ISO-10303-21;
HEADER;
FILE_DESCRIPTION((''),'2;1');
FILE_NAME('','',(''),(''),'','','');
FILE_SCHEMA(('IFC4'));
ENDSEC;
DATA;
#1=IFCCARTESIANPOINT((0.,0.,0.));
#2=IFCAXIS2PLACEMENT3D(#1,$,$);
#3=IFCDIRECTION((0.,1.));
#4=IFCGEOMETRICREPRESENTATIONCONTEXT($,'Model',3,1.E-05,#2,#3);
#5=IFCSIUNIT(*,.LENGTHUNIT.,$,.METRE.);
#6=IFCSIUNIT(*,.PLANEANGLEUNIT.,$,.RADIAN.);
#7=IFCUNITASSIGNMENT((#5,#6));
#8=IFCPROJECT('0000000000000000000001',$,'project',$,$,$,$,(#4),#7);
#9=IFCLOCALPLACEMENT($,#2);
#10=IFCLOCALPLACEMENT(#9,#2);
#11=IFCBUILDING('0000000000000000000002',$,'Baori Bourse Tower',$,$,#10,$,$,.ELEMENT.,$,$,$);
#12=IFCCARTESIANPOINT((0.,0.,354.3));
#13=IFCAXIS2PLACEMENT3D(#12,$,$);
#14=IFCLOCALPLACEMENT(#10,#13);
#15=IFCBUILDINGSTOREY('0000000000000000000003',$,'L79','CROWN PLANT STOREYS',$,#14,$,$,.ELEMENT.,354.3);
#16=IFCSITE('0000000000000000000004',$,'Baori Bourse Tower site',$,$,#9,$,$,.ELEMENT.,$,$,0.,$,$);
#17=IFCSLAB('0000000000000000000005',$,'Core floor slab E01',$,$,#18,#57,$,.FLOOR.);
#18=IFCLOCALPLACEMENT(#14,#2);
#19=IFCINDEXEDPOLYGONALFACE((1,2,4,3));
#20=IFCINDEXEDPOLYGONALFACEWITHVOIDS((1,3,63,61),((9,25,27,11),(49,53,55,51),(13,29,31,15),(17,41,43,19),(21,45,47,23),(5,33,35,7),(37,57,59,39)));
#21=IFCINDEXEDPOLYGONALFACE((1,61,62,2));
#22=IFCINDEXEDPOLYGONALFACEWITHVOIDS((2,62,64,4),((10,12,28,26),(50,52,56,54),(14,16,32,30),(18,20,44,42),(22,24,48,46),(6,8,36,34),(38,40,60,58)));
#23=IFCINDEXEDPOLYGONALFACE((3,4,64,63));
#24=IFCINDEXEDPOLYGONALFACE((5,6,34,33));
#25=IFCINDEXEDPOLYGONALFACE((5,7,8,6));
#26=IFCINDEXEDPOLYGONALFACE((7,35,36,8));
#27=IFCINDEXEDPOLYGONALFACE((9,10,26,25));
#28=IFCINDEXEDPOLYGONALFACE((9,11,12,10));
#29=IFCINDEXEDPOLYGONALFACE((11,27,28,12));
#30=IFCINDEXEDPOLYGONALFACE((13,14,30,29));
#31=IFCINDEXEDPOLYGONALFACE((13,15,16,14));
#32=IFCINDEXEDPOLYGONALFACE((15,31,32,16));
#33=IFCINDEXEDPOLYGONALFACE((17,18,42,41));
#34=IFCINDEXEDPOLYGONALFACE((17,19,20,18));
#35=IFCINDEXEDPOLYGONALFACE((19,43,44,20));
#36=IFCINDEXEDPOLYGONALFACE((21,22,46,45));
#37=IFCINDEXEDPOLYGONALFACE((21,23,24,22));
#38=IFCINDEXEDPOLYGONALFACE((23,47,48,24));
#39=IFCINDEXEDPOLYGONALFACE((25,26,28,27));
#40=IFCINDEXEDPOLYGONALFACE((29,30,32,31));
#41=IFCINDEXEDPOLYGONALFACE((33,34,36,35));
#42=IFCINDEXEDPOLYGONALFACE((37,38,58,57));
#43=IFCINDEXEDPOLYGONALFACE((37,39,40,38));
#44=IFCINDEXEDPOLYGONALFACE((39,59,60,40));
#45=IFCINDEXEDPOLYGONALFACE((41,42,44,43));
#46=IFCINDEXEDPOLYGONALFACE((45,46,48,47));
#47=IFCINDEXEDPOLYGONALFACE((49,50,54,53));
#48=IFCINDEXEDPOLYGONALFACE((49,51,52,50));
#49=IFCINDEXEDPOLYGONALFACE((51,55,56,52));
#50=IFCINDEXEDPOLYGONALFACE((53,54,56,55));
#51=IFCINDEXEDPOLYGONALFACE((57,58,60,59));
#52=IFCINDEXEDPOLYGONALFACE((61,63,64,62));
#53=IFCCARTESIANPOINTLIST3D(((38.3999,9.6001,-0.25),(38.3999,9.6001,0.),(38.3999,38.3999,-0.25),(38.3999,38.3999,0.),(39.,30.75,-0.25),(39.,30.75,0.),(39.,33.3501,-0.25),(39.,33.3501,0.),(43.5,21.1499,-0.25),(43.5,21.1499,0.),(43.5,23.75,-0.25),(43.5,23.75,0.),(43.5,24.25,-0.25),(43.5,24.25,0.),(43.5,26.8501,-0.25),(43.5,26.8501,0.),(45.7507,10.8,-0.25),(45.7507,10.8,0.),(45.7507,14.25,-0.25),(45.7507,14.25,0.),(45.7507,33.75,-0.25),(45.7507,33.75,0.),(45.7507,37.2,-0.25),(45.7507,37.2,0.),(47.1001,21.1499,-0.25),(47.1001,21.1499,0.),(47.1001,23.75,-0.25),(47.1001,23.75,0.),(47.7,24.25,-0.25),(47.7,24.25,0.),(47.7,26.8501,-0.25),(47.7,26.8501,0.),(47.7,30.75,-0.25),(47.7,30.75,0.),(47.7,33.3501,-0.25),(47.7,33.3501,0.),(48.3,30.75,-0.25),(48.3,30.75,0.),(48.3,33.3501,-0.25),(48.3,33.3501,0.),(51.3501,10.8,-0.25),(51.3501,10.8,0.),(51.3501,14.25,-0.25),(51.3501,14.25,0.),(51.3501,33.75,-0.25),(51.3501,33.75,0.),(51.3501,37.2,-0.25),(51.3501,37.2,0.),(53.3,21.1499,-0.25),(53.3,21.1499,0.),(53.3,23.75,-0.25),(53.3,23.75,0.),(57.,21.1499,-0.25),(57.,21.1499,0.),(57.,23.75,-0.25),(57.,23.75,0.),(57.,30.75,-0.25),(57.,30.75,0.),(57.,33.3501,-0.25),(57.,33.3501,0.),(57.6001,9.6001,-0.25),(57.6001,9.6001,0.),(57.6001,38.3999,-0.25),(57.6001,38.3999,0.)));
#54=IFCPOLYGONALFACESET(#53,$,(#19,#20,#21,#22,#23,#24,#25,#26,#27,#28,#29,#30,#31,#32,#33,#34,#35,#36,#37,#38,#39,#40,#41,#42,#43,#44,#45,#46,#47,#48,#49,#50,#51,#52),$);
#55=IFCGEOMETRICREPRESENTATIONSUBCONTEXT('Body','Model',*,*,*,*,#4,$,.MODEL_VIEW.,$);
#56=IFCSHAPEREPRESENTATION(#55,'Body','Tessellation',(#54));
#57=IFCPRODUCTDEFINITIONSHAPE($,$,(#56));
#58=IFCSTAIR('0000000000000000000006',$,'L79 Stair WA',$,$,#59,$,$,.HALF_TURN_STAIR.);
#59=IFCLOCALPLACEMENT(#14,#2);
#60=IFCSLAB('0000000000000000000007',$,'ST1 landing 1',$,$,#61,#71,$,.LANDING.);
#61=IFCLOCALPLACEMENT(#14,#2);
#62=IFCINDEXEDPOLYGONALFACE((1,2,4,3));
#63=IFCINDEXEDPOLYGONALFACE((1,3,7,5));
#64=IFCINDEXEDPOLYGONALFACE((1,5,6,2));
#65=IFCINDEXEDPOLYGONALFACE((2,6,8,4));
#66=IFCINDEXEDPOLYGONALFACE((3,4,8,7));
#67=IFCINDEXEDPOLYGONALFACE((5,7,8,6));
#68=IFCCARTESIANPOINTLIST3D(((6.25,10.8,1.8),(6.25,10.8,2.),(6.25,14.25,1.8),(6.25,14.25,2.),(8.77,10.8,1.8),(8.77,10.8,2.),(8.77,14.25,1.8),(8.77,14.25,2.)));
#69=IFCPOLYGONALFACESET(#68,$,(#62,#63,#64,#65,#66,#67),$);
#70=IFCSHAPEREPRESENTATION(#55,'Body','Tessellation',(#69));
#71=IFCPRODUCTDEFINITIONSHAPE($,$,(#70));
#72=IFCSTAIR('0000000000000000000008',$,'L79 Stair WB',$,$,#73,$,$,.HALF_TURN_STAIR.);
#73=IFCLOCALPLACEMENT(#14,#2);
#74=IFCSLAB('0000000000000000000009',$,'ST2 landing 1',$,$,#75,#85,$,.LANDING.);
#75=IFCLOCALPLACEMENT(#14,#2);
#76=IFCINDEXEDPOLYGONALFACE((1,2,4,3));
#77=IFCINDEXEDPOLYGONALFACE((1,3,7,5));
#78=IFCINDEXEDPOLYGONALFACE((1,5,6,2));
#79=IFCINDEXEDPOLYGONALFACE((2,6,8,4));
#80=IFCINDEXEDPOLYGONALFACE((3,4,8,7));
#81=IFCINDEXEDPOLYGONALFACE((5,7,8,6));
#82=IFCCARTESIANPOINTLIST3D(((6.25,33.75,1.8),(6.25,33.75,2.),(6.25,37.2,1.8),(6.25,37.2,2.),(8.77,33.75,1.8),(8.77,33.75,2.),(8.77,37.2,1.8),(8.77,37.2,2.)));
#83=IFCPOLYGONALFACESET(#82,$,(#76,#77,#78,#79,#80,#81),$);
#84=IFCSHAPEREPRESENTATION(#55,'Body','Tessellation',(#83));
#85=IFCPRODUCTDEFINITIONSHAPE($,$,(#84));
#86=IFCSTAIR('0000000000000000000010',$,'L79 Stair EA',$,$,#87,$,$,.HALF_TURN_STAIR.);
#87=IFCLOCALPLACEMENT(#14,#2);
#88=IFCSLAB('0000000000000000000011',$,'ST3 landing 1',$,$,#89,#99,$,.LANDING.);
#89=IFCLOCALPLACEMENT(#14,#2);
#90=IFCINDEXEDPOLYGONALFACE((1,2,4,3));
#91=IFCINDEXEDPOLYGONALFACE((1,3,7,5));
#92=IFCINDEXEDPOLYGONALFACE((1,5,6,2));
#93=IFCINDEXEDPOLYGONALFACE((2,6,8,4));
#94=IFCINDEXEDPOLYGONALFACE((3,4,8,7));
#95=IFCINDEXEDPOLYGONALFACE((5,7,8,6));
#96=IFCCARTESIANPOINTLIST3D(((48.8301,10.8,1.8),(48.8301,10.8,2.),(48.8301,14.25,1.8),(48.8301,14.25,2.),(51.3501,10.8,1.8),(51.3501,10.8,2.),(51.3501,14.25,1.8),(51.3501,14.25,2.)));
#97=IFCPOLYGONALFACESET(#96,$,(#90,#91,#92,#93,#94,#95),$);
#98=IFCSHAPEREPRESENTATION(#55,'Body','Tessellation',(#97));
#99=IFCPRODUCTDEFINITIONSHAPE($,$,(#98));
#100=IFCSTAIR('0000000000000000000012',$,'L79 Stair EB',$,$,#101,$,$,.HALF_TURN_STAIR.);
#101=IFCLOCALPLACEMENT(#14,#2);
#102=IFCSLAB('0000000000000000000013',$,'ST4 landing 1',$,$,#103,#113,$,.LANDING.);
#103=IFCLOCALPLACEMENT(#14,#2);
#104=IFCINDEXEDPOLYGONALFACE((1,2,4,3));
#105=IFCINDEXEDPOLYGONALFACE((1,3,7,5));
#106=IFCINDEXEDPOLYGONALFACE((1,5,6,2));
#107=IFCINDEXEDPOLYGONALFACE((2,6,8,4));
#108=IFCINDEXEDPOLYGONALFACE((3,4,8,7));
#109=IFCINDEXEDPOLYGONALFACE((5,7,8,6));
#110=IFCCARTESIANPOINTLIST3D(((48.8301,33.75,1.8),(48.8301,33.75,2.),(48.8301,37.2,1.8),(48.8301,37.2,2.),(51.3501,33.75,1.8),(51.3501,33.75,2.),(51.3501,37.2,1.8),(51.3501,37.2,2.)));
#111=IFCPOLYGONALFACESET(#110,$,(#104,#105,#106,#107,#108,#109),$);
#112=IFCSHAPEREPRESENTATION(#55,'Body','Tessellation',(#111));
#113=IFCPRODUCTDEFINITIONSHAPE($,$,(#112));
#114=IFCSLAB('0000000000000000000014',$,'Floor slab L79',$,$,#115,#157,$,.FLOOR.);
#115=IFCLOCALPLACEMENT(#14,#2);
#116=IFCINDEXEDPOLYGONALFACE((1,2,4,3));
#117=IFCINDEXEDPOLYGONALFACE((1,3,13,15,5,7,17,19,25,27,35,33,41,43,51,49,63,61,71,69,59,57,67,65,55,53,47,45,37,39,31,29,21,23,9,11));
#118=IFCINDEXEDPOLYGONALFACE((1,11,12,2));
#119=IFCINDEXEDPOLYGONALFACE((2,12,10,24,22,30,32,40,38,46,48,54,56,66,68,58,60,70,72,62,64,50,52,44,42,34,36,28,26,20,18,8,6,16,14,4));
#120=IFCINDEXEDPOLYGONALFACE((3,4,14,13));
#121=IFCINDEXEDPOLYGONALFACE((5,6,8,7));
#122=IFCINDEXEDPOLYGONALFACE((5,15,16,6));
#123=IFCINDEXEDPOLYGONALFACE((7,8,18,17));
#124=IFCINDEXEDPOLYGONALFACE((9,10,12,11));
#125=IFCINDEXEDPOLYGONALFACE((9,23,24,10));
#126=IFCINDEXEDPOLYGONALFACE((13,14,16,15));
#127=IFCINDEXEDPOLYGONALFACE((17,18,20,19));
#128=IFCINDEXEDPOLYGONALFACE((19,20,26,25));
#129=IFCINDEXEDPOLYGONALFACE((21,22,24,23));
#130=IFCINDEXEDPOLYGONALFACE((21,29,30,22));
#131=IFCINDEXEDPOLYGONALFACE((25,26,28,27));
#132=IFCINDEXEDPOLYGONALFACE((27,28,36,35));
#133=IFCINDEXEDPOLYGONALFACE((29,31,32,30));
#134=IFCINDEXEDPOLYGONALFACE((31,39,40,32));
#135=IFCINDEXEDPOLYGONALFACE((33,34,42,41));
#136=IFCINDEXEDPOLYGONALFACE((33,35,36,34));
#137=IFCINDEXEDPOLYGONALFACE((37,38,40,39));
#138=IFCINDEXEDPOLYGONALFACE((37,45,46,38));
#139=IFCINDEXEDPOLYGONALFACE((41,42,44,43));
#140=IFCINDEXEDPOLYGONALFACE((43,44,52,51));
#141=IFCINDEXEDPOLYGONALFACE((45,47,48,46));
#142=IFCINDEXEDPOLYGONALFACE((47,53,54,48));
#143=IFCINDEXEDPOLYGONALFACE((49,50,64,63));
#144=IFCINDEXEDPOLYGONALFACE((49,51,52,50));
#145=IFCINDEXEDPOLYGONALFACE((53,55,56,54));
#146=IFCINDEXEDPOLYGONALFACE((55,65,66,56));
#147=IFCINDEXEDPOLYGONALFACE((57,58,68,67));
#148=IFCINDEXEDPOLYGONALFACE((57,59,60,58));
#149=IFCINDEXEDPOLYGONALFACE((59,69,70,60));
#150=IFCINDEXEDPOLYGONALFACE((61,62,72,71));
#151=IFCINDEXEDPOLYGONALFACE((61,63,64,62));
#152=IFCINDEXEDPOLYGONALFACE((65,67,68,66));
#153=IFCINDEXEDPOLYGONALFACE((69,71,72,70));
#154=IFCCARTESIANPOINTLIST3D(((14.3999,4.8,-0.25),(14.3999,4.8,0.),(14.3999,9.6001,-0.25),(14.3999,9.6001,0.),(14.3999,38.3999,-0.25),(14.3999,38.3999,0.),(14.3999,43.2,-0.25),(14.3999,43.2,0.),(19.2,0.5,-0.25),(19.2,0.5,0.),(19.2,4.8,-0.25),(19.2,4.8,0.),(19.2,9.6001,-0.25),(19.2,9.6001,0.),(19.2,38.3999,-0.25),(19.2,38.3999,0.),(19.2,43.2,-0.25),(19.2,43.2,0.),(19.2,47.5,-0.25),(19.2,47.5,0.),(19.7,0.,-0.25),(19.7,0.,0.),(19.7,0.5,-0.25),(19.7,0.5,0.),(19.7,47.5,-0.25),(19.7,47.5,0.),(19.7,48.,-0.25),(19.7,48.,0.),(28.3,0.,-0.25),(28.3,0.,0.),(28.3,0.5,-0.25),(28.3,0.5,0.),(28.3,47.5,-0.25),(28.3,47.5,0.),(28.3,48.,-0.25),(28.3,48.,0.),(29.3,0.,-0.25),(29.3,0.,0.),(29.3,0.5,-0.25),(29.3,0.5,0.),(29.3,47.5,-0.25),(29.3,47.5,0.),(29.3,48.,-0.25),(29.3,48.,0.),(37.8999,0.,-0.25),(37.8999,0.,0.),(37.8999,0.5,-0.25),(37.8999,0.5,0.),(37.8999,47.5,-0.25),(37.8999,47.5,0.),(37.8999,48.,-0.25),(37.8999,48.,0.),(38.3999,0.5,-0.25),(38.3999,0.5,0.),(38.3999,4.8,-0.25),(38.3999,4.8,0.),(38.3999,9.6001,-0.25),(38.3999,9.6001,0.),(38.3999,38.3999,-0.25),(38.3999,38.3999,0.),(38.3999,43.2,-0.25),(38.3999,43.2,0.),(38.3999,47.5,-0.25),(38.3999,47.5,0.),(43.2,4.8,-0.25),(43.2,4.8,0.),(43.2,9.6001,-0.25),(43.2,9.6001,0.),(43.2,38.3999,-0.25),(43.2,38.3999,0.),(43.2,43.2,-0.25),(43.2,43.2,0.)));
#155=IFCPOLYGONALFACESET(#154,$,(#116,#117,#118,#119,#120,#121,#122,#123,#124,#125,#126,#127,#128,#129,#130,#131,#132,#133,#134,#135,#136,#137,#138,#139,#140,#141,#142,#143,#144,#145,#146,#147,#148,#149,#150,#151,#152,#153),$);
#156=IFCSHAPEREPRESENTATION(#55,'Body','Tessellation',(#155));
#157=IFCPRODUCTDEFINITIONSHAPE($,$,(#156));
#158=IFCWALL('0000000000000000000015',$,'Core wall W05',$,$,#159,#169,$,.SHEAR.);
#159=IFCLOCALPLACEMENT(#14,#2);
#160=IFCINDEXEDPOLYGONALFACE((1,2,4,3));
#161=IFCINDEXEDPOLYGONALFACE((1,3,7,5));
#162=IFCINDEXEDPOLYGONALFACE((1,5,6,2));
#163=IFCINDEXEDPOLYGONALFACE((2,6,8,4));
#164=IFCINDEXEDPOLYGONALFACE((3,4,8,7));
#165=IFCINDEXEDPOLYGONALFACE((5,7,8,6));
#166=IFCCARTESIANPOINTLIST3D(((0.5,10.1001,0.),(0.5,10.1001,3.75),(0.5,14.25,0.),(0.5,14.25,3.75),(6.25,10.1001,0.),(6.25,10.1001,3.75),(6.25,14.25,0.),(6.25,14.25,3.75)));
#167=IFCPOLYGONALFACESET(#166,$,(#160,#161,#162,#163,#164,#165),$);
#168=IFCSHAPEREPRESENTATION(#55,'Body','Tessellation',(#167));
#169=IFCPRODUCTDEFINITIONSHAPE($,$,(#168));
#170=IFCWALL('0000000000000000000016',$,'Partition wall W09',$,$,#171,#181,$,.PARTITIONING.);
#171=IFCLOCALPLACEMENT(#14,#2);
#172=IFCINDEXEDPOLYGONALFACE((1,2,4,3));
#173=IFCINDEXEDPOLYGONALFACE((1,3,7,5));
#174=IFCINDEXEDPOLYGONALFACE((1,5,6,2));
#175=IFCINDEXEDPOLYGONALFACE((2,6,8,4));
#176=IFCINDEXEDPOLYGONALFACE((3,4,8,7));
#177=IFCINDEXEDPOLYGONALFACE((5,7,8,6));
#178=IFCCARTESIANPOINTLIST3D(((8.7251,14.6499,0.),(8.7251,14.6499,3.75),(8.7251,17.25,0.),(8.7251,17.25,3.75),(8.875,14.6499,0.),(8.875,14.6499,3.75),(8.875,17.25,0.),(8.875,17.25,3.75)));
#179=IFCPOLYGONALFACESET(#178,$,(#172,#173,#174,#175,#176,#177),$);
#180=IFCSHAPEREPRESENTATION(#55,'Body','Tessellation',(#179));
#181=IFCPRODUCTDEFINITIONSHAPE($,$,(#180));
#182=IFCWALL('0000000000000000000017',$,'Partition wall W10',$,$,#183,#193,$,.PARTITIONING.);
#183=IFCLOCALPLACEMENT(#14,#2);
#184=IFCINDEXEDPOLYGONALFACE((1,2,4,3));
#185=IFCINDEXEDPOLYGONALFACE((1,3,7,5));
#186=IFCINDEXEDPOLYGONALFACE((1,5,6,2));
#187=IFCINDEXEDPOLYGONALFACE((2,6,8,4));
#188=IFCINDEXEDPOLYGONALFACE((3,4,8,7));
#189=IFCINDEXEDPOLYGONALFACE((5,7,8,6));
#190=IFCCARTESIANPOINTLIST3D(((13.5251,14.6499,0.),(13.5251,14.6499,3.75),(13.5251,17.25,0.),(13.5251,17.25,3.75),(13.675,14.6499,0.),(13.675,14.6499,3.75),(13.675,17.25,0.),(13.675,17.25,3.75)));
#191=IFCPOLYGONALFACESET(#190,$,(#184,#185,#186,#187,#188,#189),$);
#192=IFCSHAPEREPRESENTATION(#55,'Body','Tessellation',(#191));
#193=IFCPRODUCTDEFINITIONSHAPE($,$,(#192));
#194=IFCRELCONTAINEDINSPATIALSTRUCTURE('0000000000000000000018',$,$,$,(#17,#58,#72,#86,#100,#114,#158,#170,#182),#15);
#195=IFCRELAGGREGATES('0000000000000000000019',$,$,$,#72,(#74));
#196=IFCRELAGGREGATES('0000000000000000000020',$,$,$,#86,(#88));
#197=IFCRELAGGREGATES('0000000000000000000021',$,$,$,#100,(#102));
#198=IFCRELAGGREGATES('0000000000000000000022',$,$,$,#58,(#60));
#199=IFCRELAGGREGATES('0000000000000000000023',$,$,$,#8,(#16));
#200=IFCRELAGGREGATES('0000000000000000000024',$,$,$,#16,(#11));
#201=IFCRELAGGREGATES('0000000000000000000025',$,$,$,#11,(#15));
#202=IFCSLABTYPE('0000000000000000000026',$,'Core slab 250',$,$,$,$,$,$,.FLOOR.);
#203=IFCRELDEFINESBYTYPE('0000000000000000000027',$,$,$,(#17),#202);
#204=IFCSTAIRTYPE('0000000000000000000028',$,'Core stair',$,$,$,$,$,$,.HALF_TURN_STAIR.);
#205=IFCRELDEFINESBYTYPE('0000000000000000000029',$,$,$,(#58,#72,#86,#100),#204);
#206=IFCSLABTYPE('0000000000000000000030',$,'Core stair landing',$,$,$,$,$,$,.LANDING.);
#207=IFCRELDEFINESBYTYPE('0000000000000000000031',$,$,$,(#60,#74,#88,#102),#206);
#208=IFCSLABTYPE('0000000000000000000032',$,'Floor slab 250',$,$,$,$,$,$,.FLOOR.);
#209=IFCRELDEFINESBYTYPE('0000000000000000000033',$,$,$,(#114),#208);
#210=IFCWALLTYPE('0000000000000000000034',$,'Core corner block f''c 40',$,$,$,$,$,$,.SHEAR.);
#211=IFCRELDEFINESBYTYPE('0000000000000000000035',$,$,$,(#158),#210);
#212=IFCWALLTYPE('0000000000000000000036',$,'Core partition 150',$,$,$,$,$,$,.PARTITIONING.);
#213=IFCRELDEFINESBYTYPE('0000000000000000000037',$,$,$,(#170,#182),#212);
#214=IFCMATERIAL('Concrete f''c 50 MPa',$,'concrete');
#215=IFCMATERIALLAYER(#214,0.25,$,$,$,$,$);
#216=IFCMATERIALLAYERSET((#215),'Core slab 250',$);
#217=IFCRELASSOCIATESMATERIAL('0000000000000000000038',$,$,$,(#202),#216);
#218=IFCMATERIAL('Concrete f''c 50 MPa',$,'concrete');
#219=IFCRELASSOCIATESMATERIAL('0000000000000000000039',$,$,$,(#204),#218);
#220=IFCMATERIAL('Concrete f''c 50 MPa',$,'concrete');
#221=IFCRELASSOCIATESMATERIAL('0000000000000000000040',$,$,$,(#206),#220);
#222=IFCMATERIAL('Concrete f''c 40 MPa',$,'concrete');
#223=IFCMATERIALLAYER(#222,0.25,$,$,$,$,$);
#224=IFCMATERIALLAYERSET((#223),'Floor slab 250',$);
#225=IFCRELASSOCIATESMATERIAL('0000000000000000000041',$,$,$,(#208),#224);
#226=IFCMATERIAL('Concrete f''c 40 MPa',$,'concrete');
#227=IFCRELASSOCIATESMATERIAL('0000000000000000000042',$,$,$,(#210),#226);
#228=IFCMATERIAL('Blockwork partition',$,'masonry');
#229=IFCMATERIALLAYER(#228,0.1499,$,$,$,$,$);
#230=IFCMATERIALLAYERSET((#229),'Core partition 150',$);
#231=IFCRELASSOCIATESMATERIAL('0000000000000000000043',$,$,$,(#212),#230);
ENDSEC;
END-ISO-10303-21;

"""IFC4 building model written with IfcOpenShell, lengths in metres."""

from ifc_helpers import new_model, si_unit, direction, frame, frame_2d, origin, place, context, subcontext, project, spatial, polyline, rectangle, outline, extrude, material, layer, layer_set, type_object, element, aggregate, save


model = new_model("IFC4")

# Units and contexts
model_context = context("Model", 3, precision=1e-05, world=origin(), true_north=direction((0.0, 1.0)))
body_context = subcontext(model_context, "Body", "Model", "MODEL_VIEW")
ifc_project = project(units=[si_unit("LENGTHUNIT", "METRE"), si_unit("PLANEANGLEUNIT", "RADIAN")], contexts=[model_context])

# Site, building, storey
site_placement = place(None, origin())
site = spatial("IfcSite", under=ifc_project, at=site_placement, Name="Baori Bourse Tower site", CompositionType="ELEMENT", RefElevation=0.0)
building_placement = place(site_placement, origin())
building = spatial("IfcBuilding", under=site, at=building_placement, Name="Baori Bourse Tower", CompositionType="ELEMENT")
storey_placement = place(building_placement, frame((0.0, 0.0, 354.3)))
storey = spatial("IfcBuildingStorey", under=building, at=storey_placement, Name="L79", Description="CROWN PLANT STOREYS", CompositionType="ELEMENT", Elevation=354.3)

# Slab
ifc_material_1 = material(Name="Concrete f'c 50 MPa", Category="concrete")
ifc_layer_1 = layer(ifc_material_1, 0.25)
ifc_layer_set_1 = layer_set([ifc_layer_1], Name="Core slab 250")
slab_type_1 = type_object("IfcSlabType", Name="Core slab 250", PredefinedType="FLOOR", material=ifc_layer_set_1)
slab_1_placement = place(storey_placement, frame((0.0, 0.0, -0.25)))
element("IfcSlab", 1, at=slab_1_placement, inside=storey, type_object=slab_type_1, Name="Core floor slab E01", PredefinedType="FLOOR", context=body_context, shape_type="SweptSolid", body=[
    extrude(outline(polyline([(57.6001, 9.6001), (57.6001, 38.3999), (38.3999, 38.3999), (38.3999, 9.6001), (57.6001, 9.6001)]), holes=[polyline([(48.3, 33.3501), (57.0, 33.3501), (57.0, 30.75), (48.3, 30.75), (48.3, 33.3501)]), polyline([(57.0, 21.1499), (53.3, 21.1499), (53.3, 23.75), (57.0, 23.75), (57.0, 21.1499)]), polyline([(45.7507, 14.25), (51.3501, 14.25), (51.3501, 10.8), (45.7507, 10.8), (45.7507, 14.25)]), polyline([(51.3501, 37.2), (51.3501, 33.75), (45.7507, 33.75), (45.7507, 37.2), (51.3501, 37.2)]), polyline([(43.5, 24.25), (43.5, 26.8501), (47.7, 26.8501), (47.7, 24.25), (43.5, 24.25)]), polyline([(47.7, 33.3501), (47.7, 30.75), (39.0, 30.75), (39.0, 33.3501), (47.7, 33.3501)]), polyline([(43.5, 23.75), (47.1001, 23.75), (47.1001, 21.1499), (43.5, 21.1499), (43.5, 23.75)])]), origin(), (0.0, 0.0, 1.0), 0.25),
])

# Stairs, slabs
ifc_material_2 = material(Name="Concrete f'c 50 MPa", Category="concrete")
stair_type = type_object("IfcStairType", Name="Core stair", PredefinedType="HALF_TURN_STAIR", material=ifc_material_2)
stair_1_placement = place(storey_placement, origin())
stair_1 = element("IfcStair", 2, at=stair_1_placement, inside=storey, type_object=stair_type, Name="L79 Stair WA", PredefinedType="HALF_TURN_STAIR")
ifc_material_3 = material(Name="Concrete f'c 50 MPa", Category="concrete")
slab_type_2 = type_object("IfcSlabType", Name="Core stair landing", PredefinedType="LANDING", material=ifc_material_3)
slab_2_placement = place(storey_placement, frame((0.0, 0.0, 1.8)))
slab_2 = element("IfcSlab", 3, at=slab_2_placement, type_object=slab_type_2, Name="ST1 landing 1", PredefinedType="LANDING", context=body_context, shape_type="SweptSolid", body=[
    extrude(outline(polyline([(8.77, 14.25), (6.25, 14.25), (6.25, 10.8), (8.77, 10.8), (8.77, 14.25)])), origin(), (0.0, 0.0, 1.0), 0.2),
])
stair_2_placement = place(storey_placement, origin())
stair_2 = element("IfcStair", 4, at=stair_2_placement, inside=storey, type_object=stair_type, Name="L79 Stair WB", PredefinedType="HALF_TURN_STAIR")
slab_3_placement = place(storey_placement, frame((0.0, 0.0, 1.8)))
slab_3 = element("IfcSlab", 5, at=slab_3_placement, type_object=slab_type_2, Name="ST2 landing 1", PredefinedType="LANDING", context=body_context, shape_type="SweptSolid", body=[
    extrude(outline(polyline([(8.77, 37.2), (6.25, 37.2), (6.25, 33.75), (8.77, 33.75), (8.77, 37.2)])), origin(), (0.0, 0.0, 1.0), 0.2),
])
aggregate(stair_2, [slab_3])
stair_3_placement = place(storey_placement, origin())
stair_3 = element("IfcStair", 6, at=stair_3_placement, inside=storey, type_object=stair_type, Name="L79 Stair EA", PredefinedType="HALF_TURN_STAIR")
slab_4_placement = place(storey_placement, frame((0.0, 0.0, 1.8)))
slab_4 = element("IfcSlab", 7, at=slab_4_placement, type_object=slab_type_2, Name="ST3 landing 1", PredefinedType="LANDING", context=body_context, shape_type="SweptSolid", body=[
    extrude(outline(polyline([(48.8301, 10.8), (51.3501, 10.8), (51.3501, 14.25), (48.8301, 14.25), (48.8301, 10.8)])), origin(), (0.0, 0.0, 1.0), 0.2),
])
aggregate(stair_3, [slab_4])
stair_4_placement = place(storey_placement, origin())
stair_4 = element("IfcStair", 8, at=stair_4_placement, inside=storey, type_object=stair_type, Name="L79 Stair EB", PredefinedType="HALF_TURN_STAIR")
slab_5_placement = place(storey_placement, frame((0.0, 0.0, 1.8)))
slab_5 = element("IfcSlab", 9, at=slab_5_placement, type_object=slab_type_2, Name="ST4 landing 1", PredefinedType="LANDING", context=body_context, shape_type="SweptSolid", body=[
    extrude(outline(polyline([(48.8301, 33.75), (51.3501, 33.75), (51.3501, 37.2), (48.8301, 37.2), (48.8301, 33.75)])), origin(), (0.0, 0.0, 1.0), 0.2),
])
aggregate(stair_4, [slab_5])

# Slab
ifc_material_4 = material(Name="Concrete f'c 40 MPa", Category="concrete")
ifc_layer_2 = layer(ifc_material_4, 0.25)
ifc_layer_set_2 = layer_set([ifc_layer_2], Name="Floor slab 250")
slab_type_3 = type_object("IfcSlabType", Name="Floor slab 250", PredefinedType="FLOOR", material=ifc_layer_set_2)
slab_6_placement = place(storey_placement, frame((0.0, 0.0, -0.25)))
element("IfcSlab", 10, at=slab_6_placement, inside=storey, type_object=slab_type_3, Name="Floor slab L79", PredefinedType="FLOOR", context=body_context, shape_type="SweptSolid", body=[
    extrude(outline(polyline([(19.2, 4.8), (14.3999, 4.8), (14.3999, 9.6001), (19.2, 9.6001), (19.2, 38.3999), (14.3999, 38.3999), (14.3999, 43.2), (19.2, 43.2), (19.2, 47.5), (19.7, 47.5), (19.7, 48.0), (28.3, 48.0), (28.3, 47.5), (29.3, 47.5), (29.3, 48.0), (37.8999, 48.0), (37.8999, 47.5), (38.3999, 47.5), (38.3999, 43.2), (43.2, 43.2), (43.2, 38.3999), (38.3999, 38.3999), (38.3999, 9.6001), (43.2, 9.6001), (43.2, 4.8), (38.3999, 4.8), (38.3999, 0.5), (37.8999, 0.5), (37.8999, 0.0), (29.3, 0.0), (29.3, 0.5), (28.3, 0.5), (28.3, 0.0), (19.7, 0.0), (19.7, 0.5), (19.2, 0.5), (19.2, 4.8)])), origin(), (0.0, 0.0, 1.0), 0.25),
])

# Walls
ifc_material_5 = material(Name="Concrete f'c 40 MPa", Category="concrete")
wall_type_1 = type_object("IfcWallType", Name="Core corner block f'c 40", PredefinedType="SHEAR", material=ifc_material_5)
wall_1_placement = place(storey_placement, frame((0.5, 12.175, 0.0), z_axis=(0.0, 0.0, 1.0), x_axis=(1.0, 0.0, 0.0)))
element("IfcWall", 11, at=wall_1_placement, inside=storey, type_object=wall_type_1, Name="Core wall W05", PredefinedType="SHEAR", context=body_context, shape_type="SweptSolid", body=[
    extrude(rectangle(XDim=5.75, YDim=4.1499, at=frame_2d((2.875, 0.0))), origin(), (0.0, 0.0, 1.0), 3.75),
])
ifc_material_6 = material(Name="Blockwork partition", Category="masonry")
ifc_layer_3 = layer(ifc_material_6, 0.1499)
ifc_layer_set_3 = layer_set([ifc_layer_3], Name="Core partition 150")
wall_type_2 = type_object("IfcWallType", Name="Core partition 150", PredefinedType="PARTITIONING", material=ifc_layer_set_3)
for number, where, z_axis, x_axis, name in (
    (12, (8.8, 14.6499, 0.0), (0.0, 0.0, 1.0), (0.0, 1.0, 0.0), "Partition wall W09"),
    (13, (13.6001, 14.6499, 0.0), (0.0, 0.0, 1.0), (0.0, 1.0, 0.0), "Partition wall W10"),
):
    element("IfcWall", number, at=place(storey_placement, frame(where, z_axis=z_axis, x_axis=x_axis)), inside=storey, type_object=wall_type_2, Name=name, PredefinedType="PARTITIONING", context=body_context, shape_type="SweptSolid", body=[
        extrude(rectangle(XDim=2.6001, YDim=0.1499, at=frame_2d((1.3, 0.0))), origin(), (0.0, 0.0, 1.0), 3.75),
    ])

aggregate(stair_1, [slab_2])

save(model, "model.ifc")
